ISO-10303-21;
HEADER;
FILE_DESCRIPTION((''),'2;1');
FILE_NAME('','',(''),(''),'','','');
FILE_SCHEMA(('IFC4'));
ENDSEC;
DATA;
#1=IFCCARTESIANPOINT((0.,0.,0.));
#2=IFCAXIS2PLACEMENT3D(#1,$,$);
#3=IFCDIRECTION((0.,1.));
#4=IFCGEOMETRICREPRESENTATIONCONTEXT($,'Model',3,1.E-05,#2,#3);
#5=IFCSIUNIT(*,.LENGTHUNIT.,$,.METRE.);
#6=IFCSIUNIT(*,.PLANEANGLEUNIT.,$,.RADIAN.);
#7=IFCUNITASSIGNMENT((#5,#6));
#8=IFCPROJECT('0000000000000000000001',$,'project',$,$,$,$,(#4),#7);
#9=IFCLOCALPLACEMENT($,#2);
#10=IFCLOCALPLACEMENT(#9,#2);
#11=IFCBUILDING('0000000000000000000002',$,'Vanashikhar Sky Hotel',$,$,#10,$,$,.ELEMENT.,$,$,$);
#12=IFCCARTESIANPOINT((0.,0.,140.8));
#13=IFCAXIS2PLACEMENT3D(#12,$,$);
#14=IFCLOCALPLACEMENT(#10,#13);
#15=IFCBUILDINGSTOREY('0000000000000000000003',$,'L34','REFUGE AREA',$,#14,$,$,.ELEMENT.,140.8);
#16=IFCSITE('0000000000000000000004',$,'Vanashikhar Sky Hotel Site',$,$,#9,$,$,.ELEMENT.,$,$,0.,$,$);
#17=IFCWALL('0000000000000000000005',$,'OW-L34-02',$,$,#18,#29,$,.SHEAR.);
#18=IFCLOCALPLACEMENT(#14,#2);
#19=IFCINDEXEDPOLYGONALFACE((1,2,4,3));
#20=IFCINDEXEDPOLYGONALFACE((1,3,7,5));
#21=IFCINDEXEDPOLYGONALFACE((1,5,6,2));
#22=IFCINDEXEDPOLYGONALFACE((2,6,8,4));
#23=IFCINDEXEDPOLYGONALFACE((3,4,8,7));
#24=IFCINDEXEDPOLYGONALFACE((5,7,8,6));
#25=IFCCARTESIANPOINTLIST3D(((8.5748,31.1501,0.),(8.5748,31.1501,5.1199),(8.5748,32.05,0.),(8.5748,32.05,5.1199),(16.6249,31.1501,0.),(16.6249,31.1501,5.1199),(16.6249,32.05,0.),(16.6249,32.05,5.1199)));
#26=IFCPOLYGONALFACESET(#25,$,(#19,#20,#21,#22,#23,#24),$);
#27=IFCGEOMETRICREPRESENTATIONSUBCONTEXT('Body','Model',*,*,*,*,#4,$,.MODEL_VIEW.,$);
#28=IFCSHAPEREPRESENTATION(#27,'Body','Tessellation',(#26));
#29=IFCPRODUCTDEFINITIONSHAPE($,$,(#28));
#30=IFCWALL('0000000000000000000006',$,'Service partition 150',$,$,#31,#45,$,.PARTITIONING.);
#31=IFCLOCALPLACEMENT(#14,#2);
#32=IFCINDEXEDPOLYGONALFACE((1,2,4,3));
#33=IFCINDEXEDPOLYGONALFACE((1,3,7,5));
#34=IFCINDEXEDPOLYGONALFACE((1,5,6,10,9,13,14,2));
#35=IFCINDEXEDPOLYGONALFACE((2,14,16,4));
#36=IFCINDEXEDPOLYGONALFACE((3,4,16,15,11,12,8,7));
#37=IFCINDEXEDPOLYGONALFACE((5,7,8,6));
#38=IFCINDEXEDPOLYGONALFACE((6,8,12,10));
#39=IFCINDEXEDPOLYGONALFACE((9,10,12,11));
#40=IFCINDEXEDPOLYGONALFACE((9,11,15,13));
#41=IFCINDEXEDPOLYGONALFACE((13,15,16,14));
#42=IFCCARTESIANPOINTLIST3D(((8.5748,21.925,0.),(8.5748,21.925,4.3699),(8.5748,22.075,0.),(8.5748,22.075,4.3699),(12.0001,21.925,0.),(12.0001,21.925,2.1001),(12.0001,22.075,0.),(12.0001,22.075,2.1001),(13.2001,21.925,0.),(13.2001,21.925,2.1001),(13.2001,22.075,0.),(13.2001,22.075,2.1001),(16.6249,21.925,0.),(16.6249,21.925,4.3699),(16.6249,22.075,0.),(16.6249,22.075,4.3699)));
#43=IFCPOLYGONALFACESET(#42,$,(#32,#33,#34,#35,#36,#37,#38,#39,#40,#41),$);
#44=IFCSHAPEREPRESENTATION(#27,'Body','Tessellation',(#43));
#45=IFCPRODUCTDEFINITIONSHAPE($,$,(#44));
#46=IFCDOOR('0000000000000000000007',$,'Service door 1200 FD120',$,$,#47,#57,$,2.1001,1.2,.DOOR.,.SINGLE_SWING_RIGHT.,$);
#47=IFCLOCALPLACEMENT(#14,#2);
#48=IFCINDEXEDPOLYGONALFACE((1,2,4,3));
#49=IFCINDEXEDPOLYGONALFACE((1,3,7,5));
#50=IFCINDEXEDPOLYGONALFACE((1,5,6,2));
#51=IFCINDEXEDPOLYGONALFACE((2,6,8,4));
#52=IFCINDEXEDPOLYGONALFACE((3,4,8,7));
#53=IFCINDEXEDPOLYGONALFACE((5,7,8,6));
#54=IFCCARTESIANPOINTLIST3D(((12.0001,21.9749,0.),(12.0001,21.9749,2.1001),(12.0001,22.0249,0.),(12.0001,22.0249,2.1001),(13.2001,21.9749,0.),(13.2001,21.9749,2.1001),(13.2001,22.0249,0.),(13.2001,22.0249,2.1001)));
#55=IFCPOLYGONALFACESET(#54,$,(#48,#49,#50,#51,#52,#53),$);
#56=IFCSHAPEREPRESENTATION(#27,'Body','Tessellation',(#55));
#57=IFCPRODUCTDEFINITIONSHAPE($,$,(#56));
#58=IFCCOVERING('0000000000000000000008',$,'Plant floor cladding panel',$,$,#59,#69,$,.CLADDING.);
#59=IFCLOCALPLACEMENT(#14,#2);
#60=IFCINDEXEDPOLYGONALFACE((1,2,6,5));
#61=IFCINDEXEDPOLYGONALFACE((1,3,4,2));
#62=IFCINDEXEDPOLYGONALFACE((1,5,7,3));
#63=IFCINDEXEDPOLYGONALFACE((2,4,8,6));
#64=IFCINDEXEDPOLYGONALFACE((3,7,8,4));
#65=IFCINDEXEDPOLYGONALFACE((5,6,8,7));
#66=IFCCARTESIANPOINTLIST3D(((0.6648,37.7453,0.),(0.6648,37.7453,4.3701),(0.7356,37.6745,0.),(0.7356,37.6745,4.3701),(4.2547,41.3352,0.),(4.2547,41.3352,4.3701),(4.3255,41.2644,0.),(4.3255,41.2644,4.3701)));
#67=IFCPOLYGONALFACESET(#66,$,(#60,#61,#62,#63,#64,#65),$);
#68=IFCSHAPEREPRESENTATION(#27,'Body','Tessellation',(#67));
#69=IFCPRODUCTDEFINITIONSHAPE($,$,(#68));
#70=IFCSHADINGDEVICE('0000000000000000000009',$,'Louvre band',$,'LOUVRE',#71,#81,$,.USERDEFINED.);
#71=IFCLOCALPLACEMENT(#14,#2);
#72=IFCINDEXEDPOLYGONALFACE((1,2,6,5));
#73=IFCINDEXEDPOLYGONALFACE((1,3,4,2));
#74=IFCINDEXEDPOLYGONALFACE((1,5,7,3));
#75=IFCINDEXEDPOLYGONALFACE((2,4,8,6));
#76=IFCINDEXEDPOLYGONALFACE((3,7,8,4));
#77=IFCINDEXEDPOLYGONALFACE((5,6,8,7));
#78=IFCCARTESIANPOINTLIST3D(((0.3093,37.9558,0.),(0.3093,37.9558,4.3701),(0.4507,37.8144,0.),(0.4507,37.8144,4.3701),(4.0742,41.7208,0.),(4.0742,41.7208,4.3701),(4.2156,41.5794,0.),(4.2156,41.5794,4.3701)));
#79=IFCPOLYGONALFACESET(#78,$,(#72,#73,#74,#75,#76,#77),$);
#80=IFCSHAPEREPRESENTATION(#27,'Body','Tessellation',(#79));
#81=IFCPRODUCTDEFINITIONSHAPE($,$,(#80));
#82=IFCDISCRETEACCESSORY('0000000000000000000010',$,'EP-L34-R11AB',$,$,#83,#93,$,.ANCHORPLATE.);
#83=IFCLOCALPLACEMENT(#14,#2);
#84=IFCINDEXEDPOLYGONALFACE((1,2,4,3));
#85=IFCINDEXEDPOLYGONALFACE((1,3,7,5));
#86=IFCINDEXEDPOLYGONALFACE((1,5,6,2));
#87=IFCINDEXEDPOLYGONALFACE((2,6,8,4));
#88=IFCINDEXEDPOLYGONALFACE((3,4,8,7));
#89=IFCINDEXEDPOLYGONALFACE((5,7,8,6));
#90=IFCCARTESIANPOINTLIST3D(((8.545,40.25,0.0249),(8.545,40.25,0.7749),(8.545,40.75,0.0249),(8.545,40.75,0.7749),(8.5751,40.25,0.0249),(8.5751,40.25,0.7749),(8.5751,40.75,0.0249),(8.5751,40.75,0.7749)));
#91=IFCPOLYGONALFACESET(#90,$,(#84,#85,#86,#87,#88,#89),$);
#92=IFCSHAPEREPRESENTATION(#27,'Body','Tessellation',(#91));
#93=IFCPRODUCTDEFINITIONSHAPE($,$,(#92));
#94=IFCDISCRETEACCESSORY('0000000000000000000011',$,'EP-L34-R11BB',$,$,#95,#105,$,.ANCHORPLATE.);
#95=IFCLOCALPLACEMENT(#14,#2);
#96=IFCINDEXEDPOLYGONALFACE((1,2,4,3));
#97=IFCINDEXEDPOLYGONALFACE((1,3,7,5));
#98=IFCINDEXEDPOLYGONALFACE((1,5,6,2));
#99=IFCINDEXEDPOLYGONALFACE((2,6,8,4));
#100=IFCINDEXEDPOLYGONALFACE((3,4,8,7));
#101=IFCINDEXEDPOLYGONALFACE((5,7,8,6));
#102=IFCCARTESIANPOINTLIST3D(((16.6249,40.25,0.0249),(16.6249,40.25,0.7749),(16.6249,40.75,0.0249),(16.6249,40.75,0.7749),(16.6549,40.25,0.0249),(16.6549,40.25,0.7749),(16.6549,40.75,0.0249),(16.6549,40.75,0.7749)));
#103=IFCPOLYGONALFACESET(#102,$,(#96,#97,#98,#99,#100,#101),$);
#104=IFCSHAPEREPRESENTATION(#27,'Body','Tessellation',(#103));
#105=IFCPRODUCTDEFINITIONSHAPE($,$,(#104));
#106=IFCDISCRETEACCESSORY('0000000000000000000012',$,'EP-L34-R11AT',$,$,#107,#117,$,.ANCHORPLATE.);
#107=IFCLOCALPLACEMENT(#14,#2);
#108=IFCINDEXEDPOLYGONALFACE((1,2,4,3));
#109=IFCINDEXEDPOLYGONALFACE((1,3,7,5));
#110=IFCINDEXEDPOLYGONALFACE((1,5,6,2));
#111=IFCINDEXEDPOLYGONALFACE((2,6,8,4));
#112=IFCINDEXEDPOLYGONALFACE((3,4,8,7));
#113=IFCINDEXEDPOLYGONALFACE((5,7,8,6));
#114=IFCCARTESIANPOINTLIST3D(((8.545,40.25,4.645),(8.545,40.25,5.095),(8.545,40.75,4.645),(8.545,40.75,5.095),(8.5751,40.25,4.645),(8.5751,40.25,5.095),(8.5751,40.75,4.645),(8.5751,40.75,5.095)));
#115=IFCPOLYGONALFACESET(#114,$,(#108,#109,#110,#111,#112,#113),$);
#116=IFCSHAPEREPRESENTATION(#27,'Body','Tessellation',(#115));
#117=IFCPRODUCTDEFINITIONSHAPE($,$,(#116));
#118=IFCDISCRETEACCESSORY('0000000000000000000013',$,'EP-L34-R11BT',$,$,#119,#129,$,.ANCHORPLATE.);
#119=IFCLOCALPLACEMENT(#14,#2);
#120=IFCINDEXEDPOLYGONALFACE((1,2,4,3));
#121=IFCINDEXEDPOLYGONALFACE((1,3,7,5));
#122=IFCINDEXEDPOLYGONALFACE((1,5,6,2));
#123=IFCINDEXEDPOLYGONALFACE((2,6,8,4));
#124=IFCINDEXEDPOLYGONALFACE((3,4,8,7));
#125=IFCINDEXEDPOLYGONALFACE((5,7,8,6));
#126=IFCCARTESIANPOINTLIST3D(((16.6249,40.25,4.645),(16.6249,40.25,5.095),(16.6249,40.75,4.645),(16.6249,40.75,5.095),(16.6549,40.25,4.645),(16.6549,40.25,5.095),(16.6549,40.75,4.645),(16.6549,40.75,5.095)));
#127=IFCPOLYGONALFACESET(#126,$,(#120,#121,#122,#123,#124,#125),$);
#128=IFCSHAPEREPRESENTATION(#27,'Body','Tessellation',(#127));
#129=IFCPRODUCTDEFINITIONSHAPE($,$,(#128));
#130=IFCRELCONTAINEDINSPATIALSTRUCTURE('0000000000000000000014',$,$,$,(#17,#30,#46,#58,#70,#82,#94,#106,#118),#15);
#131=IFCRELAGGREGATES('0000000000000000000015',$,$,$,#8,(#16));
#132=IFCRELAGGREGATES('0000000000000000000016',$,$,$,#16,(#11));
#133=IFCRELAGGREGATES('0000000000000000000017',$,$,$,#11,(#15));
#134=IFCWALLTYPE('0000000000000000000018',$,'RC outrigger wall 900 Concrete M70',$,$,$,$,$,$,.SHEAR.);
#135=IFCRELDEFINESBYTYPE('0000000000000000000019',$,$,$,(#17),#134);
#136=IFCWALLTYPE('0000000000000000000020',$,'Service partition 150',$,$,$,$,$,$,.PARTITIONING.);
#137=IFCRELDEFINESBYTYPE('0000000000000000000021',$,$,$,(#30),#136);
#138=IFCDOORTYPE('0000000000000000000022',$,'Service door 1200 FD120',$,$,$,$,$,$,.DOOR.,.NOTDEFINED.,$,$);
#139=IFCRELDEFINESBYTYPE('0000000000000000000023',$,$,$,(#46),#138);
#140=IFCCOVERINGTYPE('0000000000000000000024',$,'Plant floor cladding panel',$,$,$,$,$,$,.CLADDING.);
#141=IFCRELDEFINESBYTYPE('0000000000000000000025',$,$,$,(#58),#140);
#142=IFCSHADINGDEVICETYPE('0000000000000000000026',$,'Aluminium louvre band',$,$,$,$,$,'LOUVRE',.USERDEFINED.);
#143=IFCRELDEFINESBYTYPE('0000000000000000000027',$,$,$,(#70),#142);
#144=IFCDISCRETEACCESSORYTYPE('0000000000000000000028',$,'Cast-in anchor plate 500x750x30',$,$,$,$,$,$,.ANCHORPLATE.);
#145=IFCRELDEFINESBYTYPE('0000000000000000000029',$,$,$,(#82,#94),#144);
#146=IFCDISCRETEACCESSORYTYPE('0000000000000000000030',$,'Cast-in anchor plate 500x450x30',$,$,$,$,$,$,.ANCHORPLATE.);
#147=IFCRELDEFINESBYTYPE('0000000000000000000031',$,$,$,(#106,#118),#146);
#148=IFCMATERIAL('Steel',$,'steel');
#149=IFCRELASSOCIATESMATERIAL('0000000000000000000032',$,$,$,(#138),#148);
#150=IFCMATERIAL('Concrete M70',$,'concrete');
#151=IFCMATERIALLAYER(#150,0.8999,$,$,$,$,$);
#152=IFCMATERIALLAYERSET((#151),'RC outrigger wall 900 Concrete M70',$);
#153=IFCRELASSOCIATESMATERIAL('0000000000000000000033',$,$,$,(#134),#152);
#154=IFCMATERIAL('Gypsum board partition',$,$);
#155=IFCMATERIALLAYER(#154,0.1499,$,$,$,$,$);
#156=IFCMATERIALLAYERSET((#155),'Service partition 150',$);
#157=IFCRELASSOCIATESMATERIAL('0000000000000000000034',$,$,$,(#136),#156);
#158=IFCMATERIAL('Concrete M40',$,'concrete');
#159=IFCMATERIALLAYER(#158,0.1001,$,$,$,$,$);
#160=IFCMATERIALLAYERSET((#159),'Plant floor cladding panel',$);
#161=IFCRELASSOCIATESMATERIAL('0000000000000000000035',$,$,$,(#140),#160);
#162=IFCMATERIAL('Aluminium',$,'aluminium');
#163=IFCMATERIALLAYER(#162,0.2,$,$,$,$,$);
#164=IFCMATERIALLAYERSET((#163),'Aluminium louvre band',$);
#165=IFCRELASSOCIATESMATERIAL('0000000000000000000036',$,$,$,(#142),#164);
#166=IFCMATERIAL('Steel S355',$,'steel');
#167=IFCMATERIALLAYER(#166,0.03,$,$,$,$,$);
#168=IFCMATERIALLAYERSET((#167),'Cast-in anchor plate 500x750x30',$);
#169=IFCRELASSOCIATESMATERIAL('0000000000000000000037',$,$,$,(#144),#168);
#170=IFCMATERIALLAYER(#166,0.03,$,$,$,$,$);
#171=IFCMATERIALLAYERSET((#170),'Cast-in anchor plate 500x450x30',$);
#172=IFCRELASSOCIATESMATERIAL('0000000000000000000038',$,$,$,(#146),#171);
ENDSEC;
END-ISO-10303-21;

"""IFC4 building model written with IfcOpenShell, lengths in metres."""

from ifc_helpers import new_model, si_unit, direction, frame, frame_2d, origin, origin_2d, place, context, subcontext, project, spatial, rectangle, extrude, source, transform, mapped, material, layer, layer_set, type_object, element, fill, save


model = new_model("IFC4")

# Units and contexts
model_context = context("Model", 3, precision=1e-05, world=origin(), true_north=direction((0.0, 1.0)))
body_context = subcontext(model_context, "Body", "Model", "MODEL_VIEW")
ifc_project = project(units=[si_unit("LENGTHUNIT", "METRE"), si_unit("PLANEANGLEUNIT", "RADIAN")], contexts=[model_context])

# Site, building, storey
site_placement = place(None, origin())
site = spatial("IfcSite", under=ifc_project, at=site_placement, Name="Vanashikhar Sky Hotel Site", CompositionType="ELEMENT", RefElevation=0.0)
building_placement = place(site_placement, origin())
building = spatial("IfcBuilding", under=site, at=building_placement, Name="Vanashikhar Sky Hotel", CompositionType="ELEMENT")
storey_placement = place(building_placement, frame((0.0, 0.0, 140.8)))
storey = spatial("IfcBuildingStorey", under=building, at=storey_placement, Name="L34", Description="REFUGE AREA", CompositionType="ELEMENT", Elevation=140.8)

# Shared definitions
ifc_material_1 = material(Name="Steel S355", Category="steel")

# Shared definitions
ifc_material_2 = material(Name="Concrete M70", Category="concrete")
ifc_material_3 = material(Name="Steel", Category="steel")
door_type = type_object("IfcDoorType", Name="Service door 1200 FD120", OperationType="NOTDEFINED", PredefinedType="DOOR", material=ifc_material_3)
shared_shape_1 = source(origin(), body_context, "Body", "SweptSolid", [
    extrude(rectangle(XDim=1.2, YDim=2.1001, at=frame_2d((0.6001, 1.05))), frame((0.0, 0.0249, 0.0), z_axis=(0.0, -1.0, 0.0), x_axis=(1.0, 0.0, 0.0)), (0.0, 0.0, 1.0), 0.05),
])

# Wall
ifc_layer_1 = layer(ifc_material_2, 0.8999)
ifc_layer_set_1 = layer_set([ifc_layer_1], Name="RC outrigger wall 900 Concrete M70")
wall_type_1 = type_object("IfcWallType", Name="RC outrigger wall 900 Concrete M70", PredefinedType="SHEAR", material=ifc_layer_set_1)
shared_shape_2 = source(origin(), body_context, "Body", "SweptSolid", [
    extrude(rectangle(XDim=8.05, YDim=0.8999, at=frame_2d((4.0249, 0.0))), origin(), (0.0, 0.0, 1.0), 5.1199),
])
wall_1_placement = place(storey_placement, frame((8.575, 31.6001, 0.0), z_axis=(0.0, 0.0, 1.0), x_axis=(1.0, 0.0, 0.0)))
element("IfcWall", 1, at=wall_1_placement, inside=storey, type_object=wall_type_1, Name="OW-L34-02", PredefinedType="SHEAR", context=body_context, shape_type="MappedRepresentation", body=[
    mapped(shared_shape_2, transform((0.0, 0.0, 0.0), scale=1.0)),
])

# Wall, opening, door
ifc_material_4 = material(Name="Gypsum board partition")
ifc_layer_2 = layer(ifc_material_4, 0.1499)
ifc_layer_set_2 = layer_set([ifc_layer_2], Name="Service partition 150")
wall_type_2 = type_object("IfcWallType", Name="Service partition 150", PredefinedType="PARTITIONING", material=ifc_layer_set_2)
shared_shape_3 = source(origin(), body_context, "Body", "SweptSolid", [
    extrude(rectangle(XDim=8.05, YDim=0.1499, at=frame_2d((4.0249, 0.0))), origin(), (0.0, 0.0, 1.0), 4.3699),
])
wall_2_placement = place(storey_placement, frame((8.575, 22.0, 0.0), z_axis=(0.0, 0.0, 1.0), x_axis=(1.0, 0.0, 0.0)))
wall_2 = element("IfcWall", 2, at=wall_2_placement, inside=storey, type_object=wall_type_2, Name="Service partition 150", PredefinedType="PARTITIONING", context=body_context, shape_type="MappedRepresentation", body=[
    mapped(shared_shape_3, transform((0.0, 0.0, 0.0), scale=1.0)),
])
shared_shape_4 = source(origin(), body_context, "Body", "SweptSolid", [
    extrude(rectangle(XDim=1.2, YDim=2.1001, at=frame_2d((0.6001, 1.05))), frame((0.0, 0.085, 0.0), z_axis=(0.0, -1.0, 0.0), x_axis=(1.0, 0.0, 0.0)), (0.0, 0.0, 1.0), 0.1699),
])
opening_1_placement = place(wall_2_placement, frame((3.425, 0.0, 0.0)))
opening_1 = element("IfcOpeningElement", 3, at=opening_1_placement, cuts=wall_2, PredefinedType="OPENING", context=body_context, shape_type="MappedRepresentation", body=[
    mapped(shared_shape_4, transform((0.0, 0.0, 0.0), scale=1.0)),
])
door_1_placement = place(opening_1_placement, origin())
door_1 = element("IfcDoor", 4, at=door_1_placement, inside=storey, type_object=door_type, Name="Service door 1200 FD120", OperationType="SINGLE_SWING_RIGHT", OverallHeight=2.1001, OverallWidth=1.2, PredefinedType="DOOR", context=body_context, shape_type="MappedRepresentation", body=[
    mapped(shared_shape_1, transform((0.0, 0.0, 0.0), scale=1.0)),
])
fill(opening_1, door_1)

# Covering
ifc_material_5 = material(Name="Concrete M40", Category="concrete")
ifc_layer_3 = layer(ifc_material_5, 0.1001)
ifc_layer_set_3 = layer_set([ifc_layer_3], Name="Plant floor cladding panel")
covering_type = type_object("IfcCoveringType", Name="Plant floor cladding panel", PredefinedType="CLADDING", material=ifc_layer_set_3)
shared_shape_5 = source(origin(), body_context, "Body", "SweptSolid", [
    extrude(rectangle(XDim=5.0769, YDim=0.1001, at=origin_2d()), origin(), (0.0, 0.0, 1.0), 4.3701),
])
covering_placement = place(storey_placement, frame((2.4951, 39.5049, 0.0), z_axis=(0.0, 0.0, 1.0), x_axis=(-0.707107, -0.707107, 0.0)))
element("IfcCovering", 5, at=covering_placement, inside=storey, type_object=covering_type, Name="Plant floor cladding panel", PredefinedType="CLADDING", context=body_context, shape_type="MappedRepresentation", body=[
    mapped(shared_shape_5, transform((0.0, 0.0, 0.0), scale=1.0)),
])

# Shading device
ifc_material_6 = material(Name="Aluminium", Category="aluminium")
ifc_layer_4 = layer(ifc_material_6, 0.2)
ifc_layer_set_4 = layer_set([ifc_layer_4], Name="Aluminium louvre band")
shading_device_type = type_object("IfcShadingDeviceType", Name="Aluminium louvre band", ElementType="LOUVRE", PredefinedType="USERDEFINED", material=ifc_layer_set_4)
shared_shape_6 = source(origin(), body_context, "Body", "SweptSolid", [
    extrude(rectangle(XDim=5.3245, YDim=0.2, at=origin_2d()), origin(), (0.0, 0.0, 1.0), 4.3701),
])
shading_device_placement = place(storey_placement, frame((2.2625, 39.7676, 0.0), z_axis=(0.0, 0.0, 1.0), x_axis=(-0.707107, -0.707107, 0.0)))
element("IfcShadingDevice", 6, at=shading_device_placement, inside=storey, type_object=shading_device_type, Name="Louvre band", ObjectType="LOUVRE", PredefinedType="USERDEFINED", context=body_context, shape_type="MappedRepresentation", body=[
    mapped(shared_shape_6, transform((0.0, 0.0, 0.0), scale=1.0)),
])

# Discrete accessories
ifc_layer_5 = layer(ifc_material_1, 0.03)
ifc_layer_set_5 = layer_set([ifc_layer_5], Name="Cast-in anchor plate 500x750x30")
discrete_accessory_type_1 = type_object("IfcDiscreteAccessoryType", Name="Cast-in anchor plate 500x750x30", PredefinedType="ANCHORPLATE", material=ifc_layer_set_5)
shared_shape_7 = source(origin(), body_context, "Body", "SweptSolid", [
    extrude(rectangle(XDim=0.03, YDim=0.5, at=origin_2d()), origin(), (0.0, 0.0, 1.0), 0.75),
])
for number, where, z_axis, x_axis, name in (
    (7, (8.5601, 40.5, 0.0249), (0.0, 0.0, 1.0), (1.0, 0.0, 0.0), "EP-L34-R11AB"),
    (8, (16.6399, 40.5, 0.0249), (0.0, 0.0, 1.0), (1.0, 0.0, 0.0), "EP-L34-R11BB"),
):
    element("IfcDiscreteAccessory", number, at=place(storey_placement, frame(where, z_axis=z_axis, x_axis=x_axis)), inside=storey, type_object=discrete_accessory_type_1, Name=name, PredefinedType="ANCHORPLATE", context=body_context, shape_type="MappedRepresentation", body=[
        mapped(shared_shape_7, transform((0.0, 0.0, 0.0), scale=1.0)),
    ])
ifc_layer_6 = layer(ifc_material_1, 0.03)
ifc_layer_set_6 = layer_set([ifc_layer_6], Name="Cast-in anchor plate 500x450x30")
discrete_accessory_type_2 = type_object("IfcDiscreteAccessoryType", Name="Cast-in anchor plate 500x450x30", PredefinedType="ANCHORPLATE", material=ifc_layer_set_6)
shared_shape_8 = source(origin(), body_context, "Body", "SweptSolid", [
    extrude(rectangle(XDim=0.03, YDim=0.5, at=origin_2d()), origin(), (0.0, 0.0, 1.0), 0.45),
])
for number, where, z_axis, x_axis, name in (
    (9, (8.5601, 40.5, 4.645), (0.0, 0.0, 1.0), (1.0, 0.0, 0.0), "EP-L34-R11AT"),
    (10, (16.6399, 40.5, 4.645), (0.0, 0.0, 1.0), (1.0, 0.0, 0.0), "EP-L34-R11BT"),
):
    element("IfcDiscreteAccessory", number, at=place(storey_placement, frame(where, z_axis=z_axis, x_axis=x_axis)), inside=storey, type_object=discrete_accessory_type_2, Name=name, PredefinedType="ANCHORPLATE", context=body_context, shape_type="MappedRepresentation", body=[
        mapped(shared_shape_8, transform((0.0, 0.0, 0.0), scale=1.0)),
    ])

save(model, "model.ifc")
